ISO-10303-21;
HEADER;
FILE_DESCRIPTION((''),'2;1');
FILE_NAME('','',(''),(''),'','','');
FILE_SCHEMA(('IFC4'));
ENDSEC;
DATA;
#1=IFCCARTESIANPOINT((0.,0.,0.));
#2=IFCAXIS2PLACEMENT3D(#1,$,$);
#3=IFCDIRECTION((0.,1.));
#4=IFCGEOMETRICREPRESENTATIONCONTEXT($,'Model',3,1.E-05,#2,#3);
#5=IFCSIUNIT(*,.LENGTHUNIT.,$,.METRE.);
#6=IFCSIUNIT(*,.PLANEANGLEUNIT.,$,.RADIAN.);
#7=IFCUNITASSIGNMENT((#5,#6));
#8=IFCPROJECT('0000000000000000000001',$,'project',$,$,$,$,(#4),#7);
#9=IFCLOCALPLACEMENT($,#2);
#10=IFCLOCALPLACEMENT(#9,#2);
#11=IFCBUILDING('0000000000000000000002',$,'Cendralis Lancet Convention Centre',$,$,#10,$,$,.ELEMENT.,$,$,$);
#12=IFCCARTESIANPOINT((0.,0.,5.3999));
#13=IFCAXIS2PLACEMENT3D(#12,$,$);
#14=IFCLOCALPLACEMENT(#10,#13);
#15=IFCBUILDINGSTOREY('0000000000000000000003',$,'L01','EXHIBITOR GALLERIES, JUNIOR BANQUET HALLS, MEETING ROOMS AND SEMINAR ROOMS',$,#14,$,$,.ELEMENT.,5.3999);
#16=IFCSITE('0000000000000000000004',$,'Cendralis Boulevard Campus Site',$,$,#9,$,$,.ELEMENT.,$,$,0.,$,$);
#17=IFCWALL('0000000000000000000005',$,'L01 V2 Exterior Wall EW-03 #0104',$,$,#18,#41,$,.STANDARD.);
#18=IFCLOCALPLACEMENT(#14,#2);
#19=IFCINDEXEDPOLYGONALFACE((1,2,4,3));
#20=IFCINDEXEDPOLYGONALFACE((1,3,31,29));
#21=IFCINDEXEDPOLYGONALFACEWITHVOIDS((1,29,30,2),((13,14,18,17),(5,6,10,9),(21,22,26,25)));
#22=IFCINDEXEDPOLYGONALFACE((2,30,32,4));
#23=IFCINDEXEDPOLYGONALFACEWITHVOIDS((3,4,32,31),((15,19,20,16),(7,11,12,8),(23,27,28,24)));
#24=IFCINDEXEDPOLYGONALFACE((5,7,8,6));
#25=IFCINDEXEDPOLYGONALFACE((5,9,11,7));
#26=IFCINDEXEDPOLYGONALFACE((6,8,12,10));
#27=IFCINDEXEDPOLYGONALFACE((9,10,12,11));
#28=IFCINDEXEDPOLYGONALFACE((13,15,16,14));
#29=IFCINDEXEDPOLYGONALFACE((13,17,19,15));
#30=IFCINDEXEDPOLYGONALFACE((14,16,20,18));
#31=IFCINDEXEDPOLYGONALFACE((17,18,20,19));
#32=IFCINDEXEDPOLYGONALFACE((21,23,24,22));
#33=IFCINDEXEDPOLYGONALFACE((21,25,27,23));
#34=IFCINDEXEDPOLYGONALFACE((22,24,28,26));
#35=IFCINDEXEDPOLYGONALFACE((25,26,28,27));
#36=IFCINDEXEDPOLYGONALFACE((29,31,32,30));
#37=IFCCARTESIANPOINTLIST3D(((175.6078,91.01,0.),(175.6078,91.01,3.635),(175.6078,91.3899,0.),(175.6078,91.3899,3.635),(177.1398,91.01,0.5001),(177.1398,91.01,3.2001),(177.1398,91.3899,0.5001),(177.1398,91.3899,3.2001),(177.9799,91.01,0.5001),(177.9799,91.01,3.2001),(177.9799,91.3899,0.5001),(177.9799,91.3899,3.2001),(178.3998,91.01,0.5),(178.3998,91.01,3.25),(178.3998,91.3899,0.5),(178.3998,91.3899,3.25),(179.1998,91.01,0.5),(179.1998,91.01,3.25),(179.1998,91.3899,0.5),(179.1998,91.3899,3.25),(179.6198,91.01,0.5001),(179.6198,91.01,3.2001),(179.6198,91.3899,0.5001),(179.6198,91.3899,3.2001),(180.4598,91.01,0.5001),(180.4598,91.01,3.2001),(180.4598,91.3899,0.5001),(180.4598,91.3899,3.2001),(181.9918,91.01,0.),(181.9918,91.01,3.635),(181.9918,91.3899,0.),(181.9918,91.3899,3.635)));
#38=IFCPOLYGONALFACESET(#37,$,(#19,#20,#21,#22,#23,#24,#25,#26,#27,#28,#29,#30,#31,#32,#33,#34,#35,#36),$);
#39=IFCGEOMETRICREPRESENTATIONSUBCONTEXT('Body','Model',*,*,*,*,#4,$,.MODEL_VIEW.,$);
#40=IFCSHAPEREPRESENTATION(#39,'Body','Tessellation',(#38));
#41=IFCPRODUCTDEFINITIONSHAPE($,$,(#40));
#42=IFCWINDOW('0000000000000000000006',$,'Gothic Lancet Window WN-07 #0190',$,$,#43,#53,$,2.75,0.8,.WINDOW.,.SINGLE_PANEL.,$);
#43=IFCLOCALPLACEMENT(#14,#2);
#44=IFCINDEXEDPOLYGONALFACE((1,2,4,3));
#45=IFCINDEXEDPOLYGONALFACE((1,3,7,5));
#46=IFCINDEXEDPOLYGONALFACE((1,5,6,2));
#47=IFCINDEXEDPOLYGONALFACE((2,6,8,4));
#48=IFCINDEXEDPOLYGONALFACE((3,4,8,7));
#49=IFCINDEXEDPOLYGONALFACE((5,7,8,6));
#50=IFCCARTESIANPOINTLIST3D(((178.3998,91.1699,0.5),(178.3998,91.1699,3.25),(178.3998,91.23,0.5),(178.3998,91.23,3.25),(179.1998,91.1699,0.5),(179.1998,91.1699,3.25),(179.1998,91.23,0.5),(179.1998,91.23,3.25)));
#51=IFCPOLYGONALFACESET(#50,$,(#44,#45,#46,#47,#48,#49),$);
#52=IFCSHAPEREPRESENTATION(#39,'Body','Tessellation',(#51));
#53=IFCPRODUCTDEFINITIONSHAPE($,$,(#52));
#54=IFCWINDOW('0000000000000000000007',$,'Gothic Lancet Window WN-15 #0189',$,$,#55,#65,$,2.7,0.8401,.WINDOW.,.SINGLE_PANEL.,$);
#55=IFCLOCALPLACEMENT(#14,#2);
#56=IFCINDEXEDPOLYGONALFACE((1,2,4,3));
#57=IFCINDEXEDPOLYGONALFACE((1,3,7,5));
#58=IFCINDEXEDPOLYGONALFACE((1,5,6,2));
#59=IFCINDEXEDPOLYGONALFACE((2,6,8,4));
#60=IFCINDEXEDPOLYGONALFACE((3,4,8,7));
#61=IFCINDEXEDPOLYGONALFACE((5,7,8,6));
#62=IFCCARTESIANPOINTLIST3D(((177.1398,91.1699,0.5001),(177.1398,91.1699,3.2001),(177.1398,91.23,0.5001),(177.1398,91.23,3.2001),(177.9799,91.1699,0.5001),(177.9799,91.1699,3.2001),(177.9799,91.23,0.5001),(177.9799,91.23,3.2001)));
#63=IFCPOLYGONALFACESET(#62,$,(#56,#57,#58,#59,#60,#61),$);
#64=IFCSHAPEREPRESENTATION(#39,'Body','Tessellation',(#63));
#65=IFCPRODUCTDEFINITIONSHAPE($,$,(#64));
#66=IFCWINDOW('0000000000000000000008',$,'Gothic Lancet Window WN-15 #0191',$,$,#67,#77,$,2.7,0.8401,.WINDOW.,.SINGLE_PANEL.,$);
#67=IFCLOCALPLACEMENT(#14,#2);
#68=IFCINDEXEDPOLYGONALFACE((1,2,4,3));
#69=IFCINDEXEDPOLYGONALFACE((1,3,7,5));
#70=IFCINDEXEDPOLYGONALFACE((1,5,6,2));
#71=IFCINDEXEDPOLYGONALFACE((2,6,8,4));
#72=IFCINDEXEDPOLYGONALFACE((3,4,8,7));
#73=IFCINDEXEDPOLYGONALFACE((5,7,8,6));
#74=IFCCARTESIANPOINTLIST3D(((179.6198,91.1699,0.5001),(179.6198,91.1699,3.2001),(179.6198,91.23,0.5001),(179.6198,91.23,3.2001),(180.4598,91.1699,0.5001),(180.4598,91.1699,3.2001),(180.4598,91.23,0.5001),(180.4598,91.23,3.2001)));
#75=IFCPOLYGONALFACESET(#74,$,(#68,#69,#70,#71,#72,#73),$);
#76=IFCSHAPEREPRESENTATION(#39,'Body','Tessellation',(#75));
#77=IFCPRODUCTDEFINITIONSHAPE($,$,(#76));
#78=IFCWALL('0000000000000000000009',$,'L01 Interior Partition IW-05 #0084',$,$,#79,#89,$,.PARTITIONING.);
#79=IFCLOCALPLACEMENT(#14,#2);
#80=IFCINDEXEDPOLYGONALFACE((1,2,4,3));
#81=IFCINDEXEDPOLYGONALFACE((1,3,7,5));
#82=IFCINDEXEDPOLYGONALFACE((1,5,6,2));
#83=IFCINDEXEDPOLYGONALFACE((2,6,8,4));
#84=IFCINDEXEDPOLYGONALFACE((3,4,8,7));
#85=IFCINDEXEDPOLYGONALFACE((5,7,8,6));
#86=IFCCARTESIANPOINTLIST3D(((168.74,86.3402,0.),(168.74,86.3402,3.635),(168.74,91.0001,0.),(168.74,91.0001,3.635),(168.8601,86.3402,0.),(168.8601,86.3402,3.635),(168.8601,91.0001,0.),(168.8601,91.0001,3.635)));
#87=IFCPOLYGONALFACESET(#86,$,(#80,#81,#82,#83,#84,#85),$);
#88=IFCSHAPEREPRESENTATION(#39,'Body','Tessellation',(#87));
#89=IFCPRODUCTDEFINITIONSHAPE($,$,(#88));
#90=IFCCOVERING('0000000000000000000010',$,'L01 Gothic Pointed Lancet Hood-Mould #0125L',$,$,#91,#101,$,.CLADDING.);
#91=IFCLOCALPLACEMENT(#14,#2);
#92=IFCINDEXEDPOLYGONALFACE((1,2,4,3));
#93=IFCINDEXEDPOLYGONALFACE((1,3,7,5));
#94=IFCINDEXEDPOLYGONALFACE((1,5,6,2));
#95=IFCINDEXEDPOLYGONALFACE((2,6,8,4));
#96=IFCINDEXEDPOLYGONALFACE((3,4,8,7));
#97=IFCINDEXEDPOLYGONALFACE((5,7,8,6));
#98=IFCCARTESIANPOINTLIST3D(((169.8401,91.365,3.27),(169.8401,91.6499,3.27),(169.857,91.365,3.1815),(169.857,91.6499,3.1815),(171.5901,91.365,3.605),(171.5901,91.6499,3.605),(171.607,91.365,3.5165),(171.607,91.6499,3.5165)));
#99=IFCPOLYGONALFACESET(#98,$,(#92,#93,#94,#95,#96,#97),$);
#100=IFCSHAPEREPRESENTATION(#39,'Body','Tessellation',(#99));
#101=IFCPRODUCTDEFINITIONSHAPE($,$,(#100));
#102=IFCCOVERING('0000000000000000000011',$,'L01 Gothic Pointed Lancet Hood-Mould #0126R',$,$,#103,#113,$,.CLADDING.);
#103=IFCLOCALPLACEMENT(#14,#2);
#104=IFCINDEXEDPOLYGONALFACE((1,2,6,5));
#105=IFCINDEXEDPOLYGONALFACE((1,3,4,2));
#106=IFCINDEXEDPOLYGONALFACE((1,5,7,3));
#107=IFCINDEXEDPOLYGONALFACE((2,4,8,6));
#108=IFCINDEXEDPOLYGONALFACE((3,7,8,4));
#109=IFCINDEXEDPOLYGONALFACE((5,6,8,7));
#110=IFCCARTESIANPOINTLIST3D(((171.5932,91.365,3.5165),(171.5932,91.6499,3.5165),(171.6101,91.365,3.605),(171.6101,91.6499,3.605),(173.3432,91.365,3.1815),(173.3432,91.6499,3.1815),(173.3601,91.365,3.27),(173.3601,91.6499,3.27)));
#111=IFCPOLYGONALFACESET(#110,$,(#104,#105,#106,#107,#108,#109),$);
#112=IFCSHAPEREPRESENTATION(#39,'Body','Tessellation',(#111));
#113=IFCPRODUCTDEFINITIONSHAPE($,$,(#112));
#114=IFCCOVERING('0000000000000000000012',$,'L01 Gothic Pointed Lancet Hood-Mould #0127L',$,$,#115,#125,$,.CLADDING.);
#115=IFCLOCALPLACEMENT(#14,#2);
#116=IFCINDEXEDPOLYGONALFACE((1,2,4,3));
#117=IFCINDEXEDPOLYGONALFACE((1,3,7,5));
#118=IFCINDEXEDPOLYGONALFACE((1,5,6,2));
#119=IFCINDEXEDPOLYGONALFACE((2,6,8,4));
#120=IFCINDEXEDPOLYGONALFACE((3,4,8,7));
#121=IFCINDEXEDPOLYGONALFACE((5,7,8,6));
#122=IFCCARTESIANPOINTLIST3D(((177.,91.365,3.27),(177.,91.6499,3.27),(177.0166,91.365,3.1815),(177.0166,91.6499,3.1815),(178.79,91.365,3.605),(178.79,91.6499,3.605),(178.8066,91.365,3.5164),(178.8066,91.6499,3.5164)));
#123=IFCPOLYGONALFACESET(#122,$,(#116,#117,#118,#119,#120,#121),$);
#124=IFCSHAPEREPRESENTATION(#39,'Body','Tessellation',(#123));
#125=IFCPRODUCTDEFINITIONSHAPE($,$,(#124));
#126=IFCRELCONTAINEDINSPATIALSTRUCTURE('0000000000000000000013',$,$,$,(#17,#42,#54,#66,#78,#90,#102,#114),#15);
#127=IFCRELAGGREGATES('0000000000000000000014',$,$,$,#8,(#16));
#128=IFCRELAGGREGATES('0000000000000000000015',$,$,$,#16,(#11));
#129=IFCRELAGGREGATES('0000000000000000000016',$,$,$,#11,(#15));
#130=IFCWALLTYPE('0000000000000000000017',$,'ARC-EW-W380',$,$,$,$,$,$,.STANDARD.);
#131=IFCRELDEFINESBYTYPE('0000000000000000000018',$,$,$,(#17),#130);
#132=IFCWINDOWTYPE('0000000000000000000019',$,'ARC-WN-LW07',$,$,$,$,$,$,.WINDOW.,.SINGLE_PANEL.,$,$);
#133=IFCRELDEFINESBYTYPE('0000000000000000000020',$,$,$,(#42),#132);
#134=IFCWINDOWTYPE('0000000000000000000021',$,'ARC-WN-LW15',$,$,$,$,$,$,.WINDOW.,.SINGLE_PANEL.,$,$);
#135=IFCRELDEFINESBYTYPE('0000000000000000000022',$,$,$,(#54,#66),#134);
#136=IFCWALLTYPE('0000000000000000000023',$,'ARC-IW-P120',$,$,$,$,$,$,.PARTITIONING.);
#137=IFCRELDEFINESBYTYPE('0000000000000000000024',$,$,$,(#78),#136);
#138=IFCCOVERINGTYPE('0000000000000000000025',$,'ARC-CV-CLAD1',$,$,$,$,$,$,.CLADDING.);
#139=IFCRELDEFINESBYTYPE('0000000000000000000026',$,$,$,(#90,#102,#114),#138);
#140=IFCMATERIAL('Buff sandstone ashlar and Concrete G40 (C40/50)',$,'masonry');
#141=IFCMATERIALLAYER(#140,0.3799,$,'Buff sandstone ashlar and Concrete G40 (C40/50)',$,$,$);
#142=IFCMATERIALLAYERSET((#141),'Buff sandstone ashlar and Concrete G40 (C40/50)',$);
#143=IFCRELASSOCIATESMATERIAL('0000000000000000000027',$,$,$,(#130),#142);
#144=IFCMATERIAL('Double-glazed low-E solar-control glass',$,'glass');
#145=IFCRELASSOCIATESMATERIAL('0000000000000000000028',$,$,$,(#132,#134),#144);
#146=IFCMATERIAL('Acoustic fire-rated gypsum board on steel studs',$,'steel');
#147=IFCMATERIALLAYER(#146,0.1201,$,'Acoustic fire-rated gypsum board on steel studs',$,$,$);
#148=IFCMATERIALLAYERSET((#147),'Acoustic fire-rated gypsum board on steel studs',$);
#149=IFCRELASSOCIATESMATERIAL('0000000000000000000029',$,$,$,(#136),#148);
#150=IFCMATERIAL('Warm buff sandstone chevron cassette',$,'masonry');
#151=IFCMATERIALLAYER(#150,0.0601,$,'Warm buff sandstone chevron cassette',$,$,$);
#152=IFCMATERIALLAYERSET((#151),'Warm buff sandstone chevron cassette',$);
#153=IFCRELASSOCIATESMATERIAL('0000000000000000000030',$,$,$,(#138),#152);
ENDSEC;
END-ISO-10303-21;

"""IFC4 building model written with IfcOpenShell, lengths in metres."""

from ifc_helpers import new_model, si_unit, direction, frame, frame_2d, origin, place, context, subcontext, project, spatial, polyline, rectangle, outline, extrude, material, layer, layer_set, type_object, element, fill, save


model = new_model("IFC4")

# Units and contexts
model_context = context("Model", 3, precision=1e-05, world=origin(), true_north=direction((0.0, 1.0)))
body_context = subcontext(model_context, "Body", "Model", "MODEL_VIEW")
ifc_project = project(units=[si_unit("LENGTHUNIT", "METRE"), si_unit("PLANEANGLEUNIT", "RADIAN")], contexts=[model_context])

# Site, building, storey
site_placement = place(None, origin())
site = spatial("IfcSite", under=ifc_project, at=site_placement, Name="Cendralis Boulevard Campus Site", CompositionType="ELEMENT", RefElevation=0.0)
building_placement = place(site_placement, origin())
building = spatial("IfcBuilding", under=site, at=building_placement, Name="Cendralis Lancet Convention Centre", CompositionType="ELEMENT")
storey_placement = place(building_placement, frame((0.0, 0.0, 5.3999)))
storey = spatial("IfcBuildingStorey", under=building, at=storey_placement, Name="L01", Description="EXHIBITOR GALLERIES, JUNIOR BANQUET HALLS, MEETING ROOMS AND SEMINAR ROOMS", CompositionType="ELEMENT", Elevation=5.3999)

# Wall, openings, windows
ifc_material_1 = material(Name="Buff sandstone ashlar and Concrete G40 (C40/50)", Category="masonry")
ifc_layer_1 = layer(ifc_material_1, 0.3799, Name="Buff sandstone ashlar and Concrete G40 (C40/50)")
ifc_layer_set_1 = layer_set([ifc_layer_1], Name="Buff sandstone ashlar and Concrete G40 (C40/50)")
wall_type_1 = type_object("IfcWallType", Name="ARC-EW-W380", PredefinedType="STANDARD", material=ifc_layer_set_1)
ifc_material_2 = material(Name="Double-glazed low-E solar-control glass", Category="glass")
window_type_1 = type_object("IfcWindowType", Name="ARC-WN-LW07", PartitioningType="SINGLE_PANEL", PredefinedType="WINDOW", material=ifc_material_2)
wall_1_placement = place(storey_placement, frame((175.6079, 91.2, 0.0), z_axis=(0.0, 0.0, 1.0), x_axis=(1.0, 0.0, 0.0)))
wall_1 = element("IfcWall", 1, at=wall_1_placement, inside=storey, type_object=wall_type_1, Name="L01 V2 Exterior Wall EW-03 #0104", PredefinedType="STANDARD", context=body_context, shape_type="SweptSolid", body=[
    extrude(rectangle(XDim=6.384, YDim=0.3799, at=frame_2d((3.1919, 0.0))), origin(), (0.0, 0.0, 1.0), 3.635),
])
opening_1_placement = place(wall_1_placement, frame((1.532, 0.0, 0.5)))
opening_1 = element("IfcOpeningElement", 2, at=opening_1_placement, cuts=wall_1, PredefinedType="OPENING", context=body_context, shape_type="SweptSolid", body=[
    extrude(rectangle(XDim=0.8401, YDim=2.7, at=frame_2d((0.4199, 1.3501))), frame((0.0, 0.2, 0.0), z_axis=(0.0, -1.0, 0.0), x_axis=(1.0, 0.0, 0.0)), (0.0, 0.0, 1.0), 0.3999),
])
opening_2_placement = place(wall_1_placement, frame((2.792, 0.0, 0.5)))
opening_2 = element("IfcOpeningElement", 3, at=opening_2_placement, cuts=wall_1, PredefinedType="OPENING", context=body_context, shape_type="SweptSolid", body=[
    extrude(rectangle(XDim=0.8, YDim=2.75, at=frame_2d((0.3999, 1.375))), frame((0.0, 0.2, 0.0), z_axis=(0.0, -1.0, 0.0), x_axis=(1.0, 0.0, 0.0)), (0.0, 0.0, 1.0), 0.3999),
])
opening_3_placement = place(wall_1_placement, frame((4.012, 0.0, 0.5)))
opening_3 = element("IfcOpeningElement", 4, at=opening_3_placement, cuts=wall_1, PredefinedType="OPENING", context=body_context, shape_type="SweptSolid", body=[
    extrude(rectangle(XDim=0.8401, YDim=2.7, at=frame_2d((0.4199, 1.3501))), frame((0.0, 0.2, 0.0), z_axis=(0.0, -1.0, 0.0), x_axis=(1.0, 0.0, 0.0)), (0.0, 0.0, 1.0), 0.3999),
])
window_1_placement = place(opening_2_placement, origin())
window_1 = element("IfcWindow", 5, at=window_1_placement, inside=storey, type_object=window_type_1, Name="Gothic Lancet Window WN-07 #0190", OverallHeight=2.75, OverallWidth=0.8, PartitioningType="SINGLE_PANEL", PredefinedType="WINDOW", context=body_context, shape_type="SweptSolid", body=[
    extrude(rectangle(XDim=0.8, YDim=2.75, at=frame_2d((0.3999, 1.375))), frame((0.0, 0.03, 0.0), z_axis=(0.0, -1.0, 0.0), x_axis=(1.0, 0.0, 0.0)), (0.0, 0.0, 1.0), 0.0601),
])
fill(opening_2, window_1)
window_type_2 = type_object("IfcWindowType", Name="ARC-WN-LW15", PartitioningType="SINGLE_PANEL", PredefinedType="WINDOW", material=ifc_material_2)
window_2_placement = place(opening_1_placement, origin())
window_2 = element("IfcWindow", 6, at=window_2_placement, inside=storey, type_object=window_type_2, Name="Gothic Lancet Window WN-15 #0189", OverallHeight=2.7, OverallWidth=0.8401, PartitioningType="SINGLE_PANEL", PredefinedType="WINDOW", context=body_context, shape_type="SweptSolid", body=[
    extrude(rectangle(XDim=0.8401, YDim=2.7, at=frame_2d((0.4199, 1.3501))), frame((0.0, 0.03, 0.0), z_axis=(0.0, -1.0, 0.0), x_axis=(1.0, 0.0, 0.0)), (0.0, 0.0, 1.0), 0.0601),
])
fill(opening_1, window_2)
window_3_placement = place(opening_3_placement, origin())
window_3 = element("IfcWindow", 7, at=window_3_placement, inside=storey, type_object=window_type_2, Name="Gothic Lancet Window WN-15 #0191", OverallHeight=2.7, OverallWidth=0.8401, PartitioningType="SINGLE_PANEL", PredefinedType="WINDOW", context=body_context, shape_type="SweptSolid", body=[
    extrude(rectangle(XDim=0.8401, YDim=2.7, at=frame_2d((0.4199, 1.3501))), frame((0.0, 0.03, 0.0), z_axis=(0.0, -1.0, 0.0), x_axis=(1.0, 0.0, 0.0)), (0.0, 0.0, 1.0), 0.0601),
])
fill(opening_3, window_3)

# Wall
ifc_material_3 = material(Name="Acoustic fire-rated gypsum board on steel studs", Category="steel")
ifc_layer_2 = layer(ifc_material_3, 0.1201, Name="Acoustic fire-rated gypsum board on steel studs")
ifc_layer_set_2 = layer_set([ifc_layer_2], Name="Acoustic fire-rated gypsum board on steel studs")
wall_type_2 = type_object("IfcWallType", Name="ARC-IW-P120", PredefinedType="PARTITIONING", material=ifc_layer_set_2)
wall_2_placement = place(storey_placement, frame((168.8, 86.3401, 0.0), z_axis=(0.0, 0.0, 1.0), x_axis=(0.0, 1.0, 0.0)))
element("IfcWall", 8, at=wall_2_placement, inside=storey, type_object=wall_type_2, Name="L01 Interior Partition IW-05 #0084", PredefinedType="PARTITIONING", context=body_context, shape_type="SweptSolid", body=[
    extrude(rectangle(XDim=4.6599, YDim=0.1201, at=frame_2d((2.3301, 0.0))), origin(), (0.0, 0.0, 1.0), 3.635),
])

# Coverings
ifc_material_4 = material(Name="Warm buff sandstone chevron cassette", Category="masonry")
ifc_layer_3 = layer(ifc_material_4, 0.0601, Name="Warm buff sandstone chevron cassette")
ifc_layer_set_3 = layer_set([ifc_layer_3], Name="Warm buff sandstone chevron cassette")
covering_type = type_object("IfcCoveringType", Name="ARC-CV-CLAD1", PredefinedType="CLADDING", material=ifc_layer_set_3)
for number, where, z_axis, x_axis, name in (
    (9, (169.8401, 91.6499, 3.27), (-0.187994, 0.0, 0.98217), (0.0, -1.0, 0.0), "L01 Gothic Pointed Lancet Hood-Mould #0125L"),
    (10, (171.6101, 91.6499, 3.605), (0.187994, 0.0, 0.98217), (0.0, -1.0, 0.0), "L01 Gothic Pointed Lancet Hood-Mould #0126R"),
):
    element("IfcCovering", number, at=place(storey_placement, frame(where, z_axis=z_axis, x_axis=x_axis)), inside=storey, type_object=covering_type, Name=name, PredefinedType="CLADDING", context=body_context, shape_type="SweptSolid", body=[
        extrude(outline(polyline([(0.0, 0.0), (0.2849, 0.0), (0.2849, 1.7818), (0.0, 1.7818), (0.0, 0.0)])), origin(), (0.0, 0.0, -1.0), 0.0901),
    ])
covering_placement = place(storey_placement, frame((177.0, 91.6499, 3.27), z_axis=(-0.183932, 0.0, 0.982939), x_axis=(0.0, -1.0, 0.0)))
element("IfcCovering", 11, at=covering_placement, inside=storey, type_object=covering_type, Name="L01 Gothic Pointed Lancet Hood-Mould #0127L", PredefinedType="CLADDING", context=body_context, shape_type="SweptSolid", body=[
    extrude(outline(polyline([(0.0, 0.0), (0.2849, 0.0), (0.2849, 1.8211), (0.0, 1.8211), (0.0, 0.0)])), origin(), (0.0, 0.0, -1.0), 0.0901),
])

save(model, "model.ifc")
